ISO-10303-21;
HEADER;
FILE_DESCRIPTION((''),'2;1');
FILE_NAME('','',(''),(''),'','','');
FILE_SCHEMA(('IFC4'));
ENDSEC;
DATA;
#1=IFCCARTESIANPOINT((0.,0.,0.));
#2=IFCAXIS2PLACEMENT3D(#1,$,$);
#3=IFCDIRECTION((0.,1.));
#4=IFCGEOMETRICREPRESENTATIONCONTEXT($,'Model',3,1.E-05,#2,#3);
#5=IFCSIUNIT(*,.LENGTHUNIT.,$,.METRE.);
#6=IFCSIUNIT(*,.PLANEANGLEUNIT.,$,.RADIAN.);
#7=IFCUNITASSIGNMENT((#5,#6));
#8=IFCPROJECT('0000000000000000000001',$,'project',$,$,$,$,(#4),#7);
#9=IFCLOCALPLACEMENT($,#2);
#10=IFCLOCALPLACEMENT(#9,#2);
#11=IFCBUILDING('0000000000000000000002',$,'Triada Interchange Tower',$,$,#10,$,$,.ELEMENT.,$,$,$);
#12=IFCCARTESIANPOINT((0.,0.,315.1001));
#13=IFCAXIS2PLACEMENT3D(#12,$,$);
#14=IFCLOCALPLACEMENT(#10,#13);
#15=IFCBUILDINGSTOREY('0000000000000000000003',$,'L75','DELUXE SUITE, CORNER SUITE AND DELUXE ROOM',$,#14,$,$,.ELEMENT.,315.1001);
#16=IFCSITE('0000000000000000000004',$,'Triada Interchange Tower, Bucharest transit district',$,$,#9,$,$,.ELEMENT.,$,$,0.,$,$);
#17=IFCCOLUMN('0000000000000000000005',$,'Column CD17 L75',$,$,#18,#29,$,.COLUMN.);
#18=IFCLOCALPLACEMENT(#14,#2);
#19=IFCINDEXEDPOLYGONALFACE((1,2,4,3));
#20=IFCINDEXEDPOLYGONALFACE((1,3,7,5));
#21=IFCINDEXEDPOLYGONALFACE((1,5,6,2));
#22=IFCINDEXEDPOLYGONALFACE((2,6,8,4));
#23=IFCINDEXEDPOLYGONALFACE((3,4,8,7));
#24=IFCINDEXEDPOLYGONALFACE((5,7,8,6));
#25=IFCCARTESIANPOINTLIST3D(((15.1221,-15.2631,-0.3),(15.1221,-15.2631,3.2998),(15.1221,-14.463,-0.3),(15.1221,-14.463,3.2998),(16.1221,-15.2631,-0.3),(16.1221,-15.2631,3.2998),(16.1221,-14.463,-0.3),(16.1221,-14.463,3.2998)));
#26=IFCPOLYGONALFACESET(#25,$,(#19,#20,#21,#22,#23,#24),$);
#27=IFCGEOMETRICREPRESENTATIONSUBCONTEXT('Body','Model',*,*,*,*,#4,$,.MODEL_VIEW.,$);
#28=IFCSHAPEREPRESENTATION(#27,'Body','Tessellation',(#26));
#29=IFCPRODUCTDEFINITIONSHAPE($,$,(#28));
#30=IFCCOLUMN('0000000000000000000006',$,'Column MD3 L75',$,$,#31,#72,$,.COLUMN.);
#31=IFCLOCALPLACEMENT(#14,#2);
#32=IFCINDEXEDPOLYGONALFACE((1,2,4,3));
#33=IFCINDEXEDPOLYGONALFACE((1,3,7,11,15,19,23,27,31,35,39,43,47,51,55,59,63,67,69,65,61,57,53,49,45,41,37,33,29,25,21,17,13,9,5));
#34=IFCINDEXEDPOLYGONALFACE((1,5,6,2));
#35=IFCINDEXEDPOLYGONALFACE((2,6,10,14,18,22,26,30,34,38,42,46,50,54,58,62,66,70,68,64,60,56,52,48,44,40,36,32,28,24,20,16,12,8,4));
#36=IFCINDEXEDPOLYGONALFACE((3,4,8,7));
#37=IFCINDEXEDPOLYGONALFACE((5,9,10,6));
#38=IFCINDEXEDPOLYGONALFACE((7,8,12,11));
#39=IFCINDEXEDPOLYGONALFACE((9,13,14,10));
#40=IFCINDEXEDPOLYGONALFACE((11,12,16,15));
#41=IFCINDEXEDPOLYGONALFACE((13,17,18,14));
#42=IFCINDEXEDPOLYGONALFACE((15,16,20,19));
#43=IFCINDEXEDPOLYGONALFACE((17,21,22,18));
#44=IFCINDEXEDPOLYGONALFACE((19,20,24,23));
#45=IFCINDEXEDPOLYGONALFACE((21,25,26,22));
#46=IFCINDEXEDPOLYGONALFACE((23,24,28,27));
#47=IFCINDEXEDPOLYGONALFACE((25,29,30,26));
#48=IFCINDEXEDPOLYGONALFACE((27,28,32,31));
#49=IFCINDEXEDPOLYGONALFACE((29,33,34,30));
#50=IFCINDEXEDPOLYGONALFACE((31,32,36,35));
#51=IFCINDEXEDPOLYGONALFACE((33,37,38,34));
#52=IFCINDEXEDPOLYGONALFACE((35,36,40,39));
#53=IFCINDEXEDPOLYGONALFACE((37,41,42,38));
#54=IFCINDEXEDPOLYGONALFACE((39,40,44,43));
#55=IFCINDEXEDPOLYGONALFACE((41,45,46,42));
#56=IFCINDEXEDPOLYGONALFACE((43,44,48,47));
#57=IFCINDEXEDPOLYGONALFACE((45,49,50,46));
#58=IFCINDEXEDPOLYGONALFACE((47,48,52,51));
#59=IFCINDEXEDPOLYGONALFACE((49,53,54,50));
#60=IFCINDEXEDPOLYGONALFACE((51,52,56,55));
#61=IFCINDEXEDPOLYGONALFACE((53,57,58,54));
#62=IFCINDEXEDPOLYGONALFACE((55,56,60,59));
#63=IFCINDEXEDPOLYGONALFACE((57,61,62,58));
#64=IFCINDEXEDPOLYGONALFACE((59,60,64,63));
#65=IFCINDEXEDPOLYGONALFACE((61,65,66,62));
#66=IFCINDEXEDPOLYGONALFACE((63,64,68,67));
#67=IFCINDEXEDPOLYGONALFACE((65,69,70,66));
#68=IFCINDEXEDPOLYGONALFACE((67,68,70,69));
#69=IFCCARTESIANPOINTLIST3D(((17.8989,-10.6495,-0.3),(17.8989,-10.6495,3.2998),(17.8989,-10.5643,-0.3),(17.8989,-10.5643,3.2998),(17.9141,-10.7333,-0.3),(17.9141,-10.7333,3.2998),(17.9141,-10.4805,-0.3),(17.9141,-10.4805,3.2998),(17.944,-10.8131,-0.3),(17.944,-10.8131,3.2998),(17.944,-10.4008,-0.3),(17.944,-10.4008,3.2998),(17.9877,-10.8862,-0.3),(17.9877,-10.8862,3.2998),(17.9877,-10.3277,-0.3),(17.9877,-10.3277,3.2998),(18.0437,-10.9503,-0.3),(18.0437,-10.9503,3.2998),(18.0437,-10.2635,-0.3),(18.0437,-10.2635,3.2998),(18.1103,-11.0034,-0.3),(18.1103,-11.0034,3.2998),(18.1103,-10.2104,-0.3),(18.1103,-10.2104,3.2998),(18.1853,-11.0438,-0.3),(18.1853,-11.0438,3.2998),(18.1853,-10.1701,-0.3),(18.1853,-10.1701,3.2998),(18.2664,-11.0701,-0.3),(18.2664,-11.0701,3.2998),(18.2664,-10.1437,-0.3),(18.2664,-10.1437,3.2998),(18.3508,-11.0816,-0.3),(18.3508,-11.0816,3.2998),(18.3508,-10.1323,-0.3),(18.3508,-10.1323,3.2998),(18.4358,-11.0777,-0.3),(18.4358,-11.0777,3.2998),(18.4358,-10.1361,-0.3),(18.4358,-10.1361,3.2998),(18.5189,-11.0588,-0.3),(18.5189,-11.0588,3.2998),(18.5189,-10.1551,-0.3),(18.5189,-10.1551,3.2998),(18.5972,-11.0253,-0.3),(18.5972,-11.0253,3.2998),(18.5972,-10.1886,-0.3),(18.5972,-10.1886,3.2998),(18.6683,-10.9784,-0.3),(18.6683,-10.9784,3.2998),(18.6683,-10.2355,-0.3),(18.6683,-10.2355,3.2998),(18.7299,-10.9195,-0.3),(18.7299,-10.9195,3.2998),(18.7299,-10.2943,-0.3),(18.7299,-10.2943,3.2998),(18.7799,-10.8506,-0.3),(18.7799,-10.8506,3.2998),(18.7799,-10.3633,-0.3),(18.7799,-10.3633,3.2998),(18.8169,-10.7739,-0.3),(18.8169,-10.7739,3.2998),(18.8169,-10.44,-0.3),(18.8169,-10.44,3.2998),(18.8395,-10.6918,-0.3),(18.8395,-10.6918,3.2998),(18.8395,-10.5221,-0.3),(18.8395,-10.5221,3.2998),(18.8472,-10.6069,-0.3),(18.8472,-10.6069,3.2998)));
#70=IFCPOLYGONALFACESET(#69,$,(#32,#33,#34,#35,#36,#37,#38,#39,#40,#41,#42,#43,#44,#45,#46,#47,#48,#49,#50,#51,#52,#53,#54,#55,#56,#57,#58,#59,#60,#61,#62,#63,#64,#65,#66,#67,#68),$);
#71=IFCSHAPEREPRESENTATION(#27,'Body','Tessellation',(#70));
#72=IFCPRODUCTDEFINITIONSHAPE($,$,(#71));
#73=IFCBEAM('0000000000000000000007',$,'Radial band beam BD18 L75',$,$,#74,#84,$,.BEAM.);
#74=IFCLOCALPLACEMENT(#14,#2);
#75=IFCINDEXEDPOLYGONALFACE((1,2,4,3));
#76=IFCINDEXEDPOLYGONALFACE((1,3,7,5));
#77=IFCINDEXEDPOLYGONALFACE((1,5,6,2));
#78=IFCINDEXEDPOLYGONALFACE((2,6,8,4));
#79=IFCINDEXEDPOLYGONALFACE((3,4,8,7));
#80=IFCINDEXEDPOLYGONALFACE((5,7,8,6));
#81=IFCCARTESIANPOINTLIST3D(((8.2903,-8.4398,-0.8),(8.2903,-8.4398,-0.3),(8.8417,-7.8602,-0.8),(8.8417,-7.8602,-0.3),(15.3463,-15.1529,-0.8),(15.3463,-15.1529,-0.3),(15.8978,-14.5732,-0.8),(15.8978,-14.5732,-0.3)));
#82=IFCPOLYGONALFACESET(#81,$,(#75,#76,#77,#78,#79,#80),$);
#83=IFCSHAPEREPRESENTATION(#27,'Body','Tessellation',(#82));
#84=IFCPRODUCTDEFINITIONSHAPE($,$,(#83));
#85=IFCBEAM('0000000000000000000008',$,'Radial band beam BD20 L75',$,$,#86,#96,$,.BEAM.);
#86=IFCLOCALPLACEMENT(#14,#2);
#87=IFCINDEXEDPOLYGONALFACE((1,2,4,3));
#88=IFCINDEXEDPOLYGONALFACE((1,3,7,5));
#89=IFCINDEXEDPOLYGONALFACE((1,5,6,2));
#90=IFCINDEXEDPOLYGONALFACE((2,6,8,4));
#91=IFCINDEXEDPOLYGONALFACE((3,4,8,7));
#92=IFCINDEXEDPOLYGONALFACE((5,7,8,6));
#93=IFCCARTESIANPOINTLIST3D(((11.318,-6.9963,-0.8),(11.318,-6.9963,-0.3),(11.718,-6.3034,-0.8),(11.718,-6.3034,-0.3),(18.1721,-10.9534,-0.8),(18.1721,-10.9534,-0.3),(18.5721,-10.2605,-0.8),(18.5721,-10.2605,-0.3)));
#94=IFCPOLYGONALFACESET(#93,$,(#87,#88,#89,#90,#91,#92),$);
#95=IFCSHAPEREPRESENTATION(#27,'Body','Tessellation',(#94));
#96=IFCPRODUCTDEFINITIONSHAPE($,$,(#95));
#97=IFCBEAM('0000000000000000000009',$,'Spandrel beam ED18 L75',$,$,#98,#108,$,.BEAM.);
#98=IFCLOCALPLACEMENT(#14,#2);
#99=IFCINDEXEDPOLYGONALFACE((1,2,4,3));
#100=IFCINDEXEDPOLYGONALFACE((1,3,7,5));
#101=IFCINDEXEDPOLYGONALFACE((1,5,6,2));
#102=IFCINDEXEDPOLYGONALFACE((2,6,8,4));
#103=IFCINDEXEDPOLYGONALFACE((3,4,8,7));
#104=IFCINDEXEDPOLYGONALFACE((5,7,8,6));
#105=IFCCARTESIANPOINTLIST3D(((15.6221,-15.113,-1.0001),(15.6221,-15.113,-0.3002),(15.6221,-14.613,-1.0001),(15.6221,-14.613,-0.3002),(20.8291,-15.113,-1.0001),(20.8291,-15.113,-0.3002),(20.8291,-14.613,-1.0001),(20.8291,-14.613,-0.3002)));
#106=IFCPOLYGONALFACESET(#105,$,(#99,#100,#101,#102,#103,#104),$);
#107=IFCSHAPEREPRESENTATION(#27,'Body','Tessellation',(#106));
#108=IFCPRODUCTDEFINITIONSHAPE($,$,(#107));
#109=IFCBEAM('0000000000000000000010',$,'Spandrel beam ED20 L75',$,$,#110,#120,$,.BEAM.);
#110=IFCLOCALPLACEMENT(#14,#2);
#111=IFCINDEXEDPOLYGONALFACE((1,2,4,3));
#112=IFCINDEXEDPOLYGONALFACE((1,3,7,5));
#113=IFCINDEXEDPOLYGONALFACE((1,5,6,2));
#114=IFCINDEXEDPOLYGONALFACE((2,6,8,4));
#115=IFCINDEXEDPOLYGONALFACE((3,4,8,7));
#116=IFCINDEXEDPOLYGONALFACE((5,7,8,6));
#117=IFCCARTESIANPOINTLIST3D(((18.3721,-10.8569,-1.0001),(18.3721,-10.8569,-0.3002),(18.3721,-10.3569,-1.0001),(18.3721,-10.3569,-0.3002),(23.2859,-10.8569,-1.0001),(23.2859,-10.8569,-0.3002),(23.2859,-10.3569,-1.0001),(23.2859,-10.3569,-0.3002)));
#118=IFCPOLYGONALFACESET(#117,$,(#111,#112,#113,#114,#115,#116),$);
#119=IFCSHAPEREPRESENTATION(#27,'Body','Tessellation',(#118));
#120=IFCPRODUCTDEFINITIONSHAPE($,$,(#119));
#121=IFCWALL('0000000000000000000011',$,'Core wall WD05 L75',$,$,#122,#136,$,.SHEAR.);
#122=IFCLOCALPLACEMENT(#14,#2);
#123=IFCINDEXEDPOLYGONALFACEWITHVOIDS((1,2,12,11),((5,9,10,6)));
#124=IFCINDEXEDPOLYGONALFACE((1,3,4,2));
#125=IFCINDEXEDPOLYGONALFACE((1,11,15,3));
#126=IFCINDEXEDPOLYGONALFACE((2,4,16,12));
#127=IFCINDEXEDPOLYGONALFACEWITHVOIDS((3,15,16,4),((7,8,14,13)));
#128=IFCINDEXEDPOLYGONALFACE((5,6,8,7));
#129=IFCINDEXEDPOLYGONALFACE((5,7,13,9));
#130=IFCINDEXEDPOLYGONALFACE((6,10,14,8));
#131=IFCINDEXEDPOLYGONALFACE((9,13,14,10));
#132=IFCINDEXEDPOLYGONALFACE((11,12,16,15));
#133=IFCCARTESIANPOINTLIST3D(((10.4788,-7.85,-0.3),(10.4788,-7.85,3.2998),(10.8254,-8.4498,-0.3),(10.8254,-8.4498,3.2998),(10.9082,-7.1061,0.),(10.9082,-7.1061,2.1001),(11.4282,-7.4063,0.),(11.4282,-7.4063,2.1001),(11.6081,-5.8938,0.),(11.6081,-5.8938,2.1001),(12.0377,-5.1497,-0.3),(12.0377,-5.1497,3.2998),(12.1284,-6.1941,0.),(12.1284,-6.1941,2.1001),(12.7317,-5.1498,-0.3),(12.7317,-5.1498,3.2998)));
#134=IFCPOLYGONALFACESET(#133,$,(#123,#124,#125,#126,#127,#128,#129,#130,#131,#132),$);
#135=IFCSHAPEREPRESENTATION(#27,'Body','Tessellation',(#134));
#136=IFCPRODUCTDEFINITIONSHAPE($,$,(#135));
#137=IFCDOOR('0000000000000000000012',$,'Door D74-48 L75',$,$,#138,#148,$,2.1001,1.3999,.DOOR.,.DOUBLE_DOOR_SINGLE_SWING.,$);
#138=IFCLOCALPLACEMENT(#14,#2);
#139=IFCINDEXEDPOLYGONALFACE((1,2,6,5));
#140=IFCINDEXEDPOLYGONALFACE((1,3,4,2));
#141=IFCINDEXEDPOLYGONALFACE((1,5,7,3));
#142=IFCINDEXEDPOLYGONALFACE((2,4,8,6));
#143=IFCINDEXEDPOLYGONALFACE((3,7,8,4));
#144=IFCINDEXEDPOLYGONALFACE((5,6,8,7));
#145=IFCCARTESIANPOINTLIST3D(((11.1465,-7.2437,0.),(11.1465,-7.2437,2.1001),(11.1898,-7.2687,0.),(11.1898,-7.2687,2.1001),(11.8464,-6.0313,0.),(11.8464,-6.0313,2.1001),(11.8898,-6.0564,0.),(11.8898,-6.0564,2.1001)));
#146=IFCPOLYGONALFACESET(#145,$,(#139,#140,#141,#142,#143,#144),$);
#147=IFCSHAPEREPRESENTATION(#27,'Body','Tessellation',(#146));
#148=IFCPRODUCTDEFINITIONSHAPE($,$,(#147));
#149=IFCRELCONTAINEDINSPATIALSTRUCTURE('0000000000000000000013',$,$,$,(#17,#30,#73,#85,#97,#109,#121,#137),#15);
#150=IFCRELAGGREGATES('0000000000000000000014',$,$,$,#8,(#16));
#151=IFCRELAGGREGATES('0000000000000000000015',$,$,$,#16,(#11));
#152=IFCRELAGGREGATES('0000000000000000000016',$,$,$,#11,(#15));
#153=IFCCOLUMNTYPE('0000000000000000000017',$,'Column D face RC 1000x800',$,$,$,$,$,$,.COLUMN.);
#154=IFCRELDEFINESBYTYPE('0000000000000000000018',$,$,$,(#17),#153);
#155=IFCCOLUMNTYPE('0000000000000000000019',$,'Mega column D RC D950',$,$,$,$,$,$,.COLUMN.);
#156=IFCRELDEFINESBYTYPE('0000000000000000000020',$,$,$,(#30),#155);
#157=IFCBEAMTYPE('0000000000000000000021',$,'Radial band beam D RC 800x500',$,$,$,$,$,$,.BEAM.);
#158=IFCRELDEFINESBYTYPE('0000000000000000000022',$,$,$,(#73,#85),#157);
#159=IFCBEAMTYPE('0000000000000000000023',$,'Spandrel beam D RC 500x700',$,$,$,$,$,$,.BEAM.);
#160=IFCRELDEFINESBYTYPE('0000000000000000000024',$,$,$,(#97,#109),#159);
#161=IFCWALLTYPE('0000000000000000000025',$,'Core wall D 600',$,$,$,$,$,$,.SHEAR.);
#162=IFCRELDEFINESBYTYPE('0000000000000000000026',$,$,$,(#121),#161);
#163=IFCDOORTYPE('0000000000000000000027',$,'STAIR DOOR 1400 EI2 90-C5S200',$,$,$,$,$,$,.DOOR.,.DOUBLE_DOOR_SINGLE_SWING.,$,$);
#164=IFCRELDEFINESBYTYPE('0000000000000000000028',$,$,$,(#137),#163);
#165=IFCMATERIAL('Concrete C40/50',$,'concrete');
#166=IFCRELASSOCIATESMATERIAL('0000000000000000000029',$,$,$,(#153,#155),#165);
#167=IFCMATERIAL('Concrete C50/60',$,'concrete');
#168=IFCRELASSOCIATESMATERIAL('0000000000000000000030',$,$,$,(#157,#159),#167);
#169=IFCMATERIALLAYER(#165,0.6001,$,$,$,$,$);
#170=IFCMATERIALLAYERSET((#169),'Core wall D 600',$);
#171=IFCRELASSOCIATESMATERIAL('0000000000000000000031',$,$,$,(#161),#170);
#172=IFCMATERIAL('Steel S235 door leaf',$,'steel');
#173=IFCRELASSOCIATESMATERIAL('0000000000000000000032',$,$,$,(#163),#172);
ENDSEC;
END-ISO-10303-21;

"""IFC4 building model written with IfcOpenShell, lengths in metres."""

from ifc_helpers import new_model, si_unit, direction, frame, frame_2d, origin, origin_2d, place, context, subcontext, project, spatial, polyline, rectangle, circle, outline, extrude, material, layer, layer_set, material_profile, profile_set, type_object, element, fill, save


model = new_model("IFC4")

# Units and contexts
model_context = context("Model", 3, precision=1e-05, world=origin(), true_north=direction((0.0, 1.0)))
body_context = subcontext(model_context, "Body", "Model", "MODEL_VIEW")
ifc_project = project(units=[si_unit("LENGTHUNIT", "METRE"), si_unit("PLANEANGLEUNIT", "RADIAN")], contexts=[model_context])

# Site, building, storey
site_placement = place(None, origin())
site = spatial("IfcSite", under=ifc_project, at=site_placement, Name="Triada Interchange Tower, Bucharest transit district", CompositionType="ELEMENT", RefElevation=0.0)
building_placement = place(site_placement, origin())
building = spatial("IfcBuilding", under=site, at=building_placement, Name="Triada Interchange Tower", CompositionType="ELEMENT")
storey_placement = place(building_placement, frame((0.0, 0.0, 315.1001)))
storey = spatial("IfcBuildingStorey", under=building, at=storey_placement, Name="L75", Description="DELUXE SUITE, CORNER SUITE AND DELUXE ROOM", CompositionType="ELEMENT", Elevation=315.1001)

# Columns
ifc_material_1 = material(Name="Concrete C40/50", Category="concrete")
ifc_material_profile_1 = material_profile(ifc_material_1, rectangle(XDim=1.0, YDim=0.8, at=origin_2d()), Name="RC 1000x800")
ifc_profile_set_1 = profile_set([ifc_material_profile_1], Name="Concrete C40/50")
column_type_1 = type_object("IfcColumnType", Name="Column D face RC 1000x800", PredefinedType="COLUMN", material=ifc_profile_set_1)
column_1_placement = place(storey_placement, frame((15.6221, -14.863, -0.3), z_axis=(0.0, 0.0, 1.0), x_axis=(1.0, 0.0, 0.0)))
element("IfcColumn", 1, at=column_1_placement, inside=storey, type_object=column_type_1, Name="Column CD17 L75", PredefinedType="COLUMN", context=body_context, shape_type="SweptSolid", body=[
    extrude(rectangle(XDim=1.0, YDim=0.8, at=origin_2d()), origin(), (0.0, 0.0, 1.0), 3.5999),
])
ifc_material_profile_2 = material_profile(ifc_material_1, circle(Radius=0.4751, at=origin_2d()), Name="RC D950")
ifc_profile_set_2 = profile_set([ifc_material_profile_2], Name="Concrete C40/50")
column_type_2 = type_object("IfcColumnType", Name="Mega column D RC D950", PredefinedType="COLUMN", material=ifc_profile_set_2)
column_2_placement = place(storey_placement, frame((18.3721, -10.6069, -0.3), z_axis=(0.0, 0.0, 1.0), x_axis=(1.0, 0.0, 0.0)))
element("IfcColumn", 2, at=column_2_placement, inside=storey, type_object=column_type_2, Name="Column MD3 L75", PredefinedType="COLUMN", context=body_context, shape_type="SweptSolid", body=[
    extrude(circle(Radius=0.4751, at=origin_2d()), origin(), (0.0, 0.0, 1.0), 3.5999),
])

# Beams
ifc_material_2 = material(Name="Concrete C50/60", Category="concrete")
ifc_material_profile_3 = material_profile(ifc_material_2, rectangle(XDim=0.8, YDim=0.5, at=origin_2d()), Name="RC 800x500")
ifc_profile_set_3 = profile_set([ifc_material_profile_3], Name="Concrete C50/60")
beam_type_1 = type_object("IfcBeamType", Name="Radial band beam D RC 800x500", PredefinedType="BEAM", material=ifc_profile_set_3)
beam_1_placement = place(storey_placement, frame((15.6221, -14.863, -0.55), z_axis=(-0.724497, 0.689278, 0.0), x_axis=(-0.689278, -0.724497, 0.0)))
element("IfcBeam", 3, at=beam_1_placement, inside=storey, type_object=beam_type_1, Name="Radial band beam BD18 L75", PredefinedType="BEAM", context=body_context, shape_type="SweptSolid", body=[
    extrude(rectangle(XDim=0.8, YDim=0.5, at=origin_2d()), origin(), (0.0, 0.0, 1.0), 9.7393),
])
beam_2_placement = place(storey_placement, frame((18.3721, -10.6069, -0.55), z_axis=(-0.866033, 0.499988, 0.0), x_axis=(-0.499988, -0.866033, 0.0)))
element("IfcBeam", 4, at=beam_2_placement, inside=storey, type_object=beam_type_1, Name="Radial band beam BD20 L75", PredefinedType="BEAM", context=body_context, shape_type="SweptSolid", body=[
    extrude(rectangle(XDim=0.8, YDim=0.5, at=origin_2d()), origin(), (0.0, 0.0, 1.0), 7.9143),
])
ifc_material_profile_4 = material_profile(ifc_material_2, rectangle(XDim=0.5, YDim=0.7, at=origin_2d()), Name="RC 500x700")
ifc_profile_set_4 = profile_set([ifc_material_profile_4], Name="Concrete C50/60")
beam_type_2 = type_object("IfcBeamType", Name="Spandrel beam D RC 500x700", PredefinedType="BEAM", material=ifc_profile_set_4)
beam_3_placement = place(storey_placement, frame((15.6221, -14.863, -0.6501), z_axis=(1.0, 0.0, 0.0), x_axis=(0.0, 1.0, 0.0)))
element("IfcBeam", 5, at=beam_3_placement, inside=storey, type_object=beam_type_2, Name="Spandrel beam ED18 L75", PredefinedType="BEAM", context=body_context, shape_type="SweptSolid", body=[
    extrude(rectangle(XDim=0.5, YDim=0.7, at=origin_2d()), origin(), (0.0, 0.0, 1.0), 5.207),
])
beam_4_placement = place(storey_placement, frame((18.3721, -10.6069, -0.6501), z_axis=(1.0, 0.0, 0.0), x_axis=(0.0, 1.0, 0.0)))
element("IfcBeam", 6, at=beam_4_placement, inside=storey, type_object=beam_type_2, Name="Spandrel beam ED20 L75", PredefinedType="BEAM", context=body_context, shape_type="SweptSolid", body=[
    extrude(rectangle(XDim=0.5, YDim=0.7, at=origin_2d()), origin(), (0.0, 0.0, 1.0), 4.9138),
])

# Wall, opening, door
ifc_layer_1 = layer(ifc_material_1, 0.6001)
ifc_layer_set_1 = layer_set([ifc_layer_1], Name="Core wall D 600")
wall_type_1 = type_object("IfcWallType", Name="Core wall D 600", PredefinedType="SHEAR", material=ifc_layer_set_1)
wall_1_placement = place(storey_placement, frame((10.6521, -8.1499, -0.3), z_axis=(0.0, 0.0, 1.0), x_axis=(0.499975, 0.86604, 0.0)))
wall_1 = element("IfcWall", 7, at=wall_1_placement, inside=storey, type_object=wall_type_1, Name="Core wall WD05 L75", PredefinedType="SHEAR", context=body_context, shape_type="SweptSolid", body=[
    extrude(outline(polyline([(-0.1731, -0.3), (1.7324, -0.3005), (3.6379, -0.301), (3.291, 0.3), (1.7319, 0.3), (0.1731, 0.3), (-0.1731, -0.3)])), origin(), (0.0, 0.0, 1.0), 3.5999),
])
opening_1_placement = place(wall_1_placement, frame((1.032, 0.0, 0.3)))
opening_1 = element("IfcOpeningElement", 8, at=opening_1_placement, cuts=wall_1, PredefinedType="OPENING", context=body_context, shape_type="SweptSolid", body=[
    extrude(rectangle(XDim=1.3999, YDim=2.1001, at=frame_2d((0.7, 1.05))), frame((0.0, 0.3101, 0.0), z_axis=(0.0, -1.0, 0.0), x_axis=(1.0, 0.0, 0.0)), (0.0, 0.0, 1.0), 0.6211),
])
ifc_material_3 = material(Name="Steel S235 door leaf", Category="steel")
door_type_1 = type_object("IfcDoorType", Name="STAIR DOOR 1400 EI2 90-C5S200", OperationType="DOUBLE_DOOR_SINGLE_SWING", PredefinedType="DOOR", material=ifc_material_3)
door_1_placement = place(opening_1_placement, origin())
door_1 = element("IfcDoor", 9, at=door_1_placement, inside=storey, type_object=door_type_1, Name="Door D74-48 L75", OperationType="DOUBLE_DOOR_SINGLE_SWING", OverallHeight=2.1001, OverallWidth=1.3999, PredefinedType="DOOR", context=body_context, shape_type="SweptSolid", body=[
    extrude(rectangle(XDim=1.3999, YDim=2.1001, at=frame_2d((0.7, 1.05))), frame((0.0, 0.0249, 0.0), z_axis=(0.0, -1.0, 0.0), x_axis=(1.0, 0.0, 0.0)), (0.0, 0.0, 1.0), 0.05),
])
fill(opening_1, door_1)

save(model, "model.ifc")
